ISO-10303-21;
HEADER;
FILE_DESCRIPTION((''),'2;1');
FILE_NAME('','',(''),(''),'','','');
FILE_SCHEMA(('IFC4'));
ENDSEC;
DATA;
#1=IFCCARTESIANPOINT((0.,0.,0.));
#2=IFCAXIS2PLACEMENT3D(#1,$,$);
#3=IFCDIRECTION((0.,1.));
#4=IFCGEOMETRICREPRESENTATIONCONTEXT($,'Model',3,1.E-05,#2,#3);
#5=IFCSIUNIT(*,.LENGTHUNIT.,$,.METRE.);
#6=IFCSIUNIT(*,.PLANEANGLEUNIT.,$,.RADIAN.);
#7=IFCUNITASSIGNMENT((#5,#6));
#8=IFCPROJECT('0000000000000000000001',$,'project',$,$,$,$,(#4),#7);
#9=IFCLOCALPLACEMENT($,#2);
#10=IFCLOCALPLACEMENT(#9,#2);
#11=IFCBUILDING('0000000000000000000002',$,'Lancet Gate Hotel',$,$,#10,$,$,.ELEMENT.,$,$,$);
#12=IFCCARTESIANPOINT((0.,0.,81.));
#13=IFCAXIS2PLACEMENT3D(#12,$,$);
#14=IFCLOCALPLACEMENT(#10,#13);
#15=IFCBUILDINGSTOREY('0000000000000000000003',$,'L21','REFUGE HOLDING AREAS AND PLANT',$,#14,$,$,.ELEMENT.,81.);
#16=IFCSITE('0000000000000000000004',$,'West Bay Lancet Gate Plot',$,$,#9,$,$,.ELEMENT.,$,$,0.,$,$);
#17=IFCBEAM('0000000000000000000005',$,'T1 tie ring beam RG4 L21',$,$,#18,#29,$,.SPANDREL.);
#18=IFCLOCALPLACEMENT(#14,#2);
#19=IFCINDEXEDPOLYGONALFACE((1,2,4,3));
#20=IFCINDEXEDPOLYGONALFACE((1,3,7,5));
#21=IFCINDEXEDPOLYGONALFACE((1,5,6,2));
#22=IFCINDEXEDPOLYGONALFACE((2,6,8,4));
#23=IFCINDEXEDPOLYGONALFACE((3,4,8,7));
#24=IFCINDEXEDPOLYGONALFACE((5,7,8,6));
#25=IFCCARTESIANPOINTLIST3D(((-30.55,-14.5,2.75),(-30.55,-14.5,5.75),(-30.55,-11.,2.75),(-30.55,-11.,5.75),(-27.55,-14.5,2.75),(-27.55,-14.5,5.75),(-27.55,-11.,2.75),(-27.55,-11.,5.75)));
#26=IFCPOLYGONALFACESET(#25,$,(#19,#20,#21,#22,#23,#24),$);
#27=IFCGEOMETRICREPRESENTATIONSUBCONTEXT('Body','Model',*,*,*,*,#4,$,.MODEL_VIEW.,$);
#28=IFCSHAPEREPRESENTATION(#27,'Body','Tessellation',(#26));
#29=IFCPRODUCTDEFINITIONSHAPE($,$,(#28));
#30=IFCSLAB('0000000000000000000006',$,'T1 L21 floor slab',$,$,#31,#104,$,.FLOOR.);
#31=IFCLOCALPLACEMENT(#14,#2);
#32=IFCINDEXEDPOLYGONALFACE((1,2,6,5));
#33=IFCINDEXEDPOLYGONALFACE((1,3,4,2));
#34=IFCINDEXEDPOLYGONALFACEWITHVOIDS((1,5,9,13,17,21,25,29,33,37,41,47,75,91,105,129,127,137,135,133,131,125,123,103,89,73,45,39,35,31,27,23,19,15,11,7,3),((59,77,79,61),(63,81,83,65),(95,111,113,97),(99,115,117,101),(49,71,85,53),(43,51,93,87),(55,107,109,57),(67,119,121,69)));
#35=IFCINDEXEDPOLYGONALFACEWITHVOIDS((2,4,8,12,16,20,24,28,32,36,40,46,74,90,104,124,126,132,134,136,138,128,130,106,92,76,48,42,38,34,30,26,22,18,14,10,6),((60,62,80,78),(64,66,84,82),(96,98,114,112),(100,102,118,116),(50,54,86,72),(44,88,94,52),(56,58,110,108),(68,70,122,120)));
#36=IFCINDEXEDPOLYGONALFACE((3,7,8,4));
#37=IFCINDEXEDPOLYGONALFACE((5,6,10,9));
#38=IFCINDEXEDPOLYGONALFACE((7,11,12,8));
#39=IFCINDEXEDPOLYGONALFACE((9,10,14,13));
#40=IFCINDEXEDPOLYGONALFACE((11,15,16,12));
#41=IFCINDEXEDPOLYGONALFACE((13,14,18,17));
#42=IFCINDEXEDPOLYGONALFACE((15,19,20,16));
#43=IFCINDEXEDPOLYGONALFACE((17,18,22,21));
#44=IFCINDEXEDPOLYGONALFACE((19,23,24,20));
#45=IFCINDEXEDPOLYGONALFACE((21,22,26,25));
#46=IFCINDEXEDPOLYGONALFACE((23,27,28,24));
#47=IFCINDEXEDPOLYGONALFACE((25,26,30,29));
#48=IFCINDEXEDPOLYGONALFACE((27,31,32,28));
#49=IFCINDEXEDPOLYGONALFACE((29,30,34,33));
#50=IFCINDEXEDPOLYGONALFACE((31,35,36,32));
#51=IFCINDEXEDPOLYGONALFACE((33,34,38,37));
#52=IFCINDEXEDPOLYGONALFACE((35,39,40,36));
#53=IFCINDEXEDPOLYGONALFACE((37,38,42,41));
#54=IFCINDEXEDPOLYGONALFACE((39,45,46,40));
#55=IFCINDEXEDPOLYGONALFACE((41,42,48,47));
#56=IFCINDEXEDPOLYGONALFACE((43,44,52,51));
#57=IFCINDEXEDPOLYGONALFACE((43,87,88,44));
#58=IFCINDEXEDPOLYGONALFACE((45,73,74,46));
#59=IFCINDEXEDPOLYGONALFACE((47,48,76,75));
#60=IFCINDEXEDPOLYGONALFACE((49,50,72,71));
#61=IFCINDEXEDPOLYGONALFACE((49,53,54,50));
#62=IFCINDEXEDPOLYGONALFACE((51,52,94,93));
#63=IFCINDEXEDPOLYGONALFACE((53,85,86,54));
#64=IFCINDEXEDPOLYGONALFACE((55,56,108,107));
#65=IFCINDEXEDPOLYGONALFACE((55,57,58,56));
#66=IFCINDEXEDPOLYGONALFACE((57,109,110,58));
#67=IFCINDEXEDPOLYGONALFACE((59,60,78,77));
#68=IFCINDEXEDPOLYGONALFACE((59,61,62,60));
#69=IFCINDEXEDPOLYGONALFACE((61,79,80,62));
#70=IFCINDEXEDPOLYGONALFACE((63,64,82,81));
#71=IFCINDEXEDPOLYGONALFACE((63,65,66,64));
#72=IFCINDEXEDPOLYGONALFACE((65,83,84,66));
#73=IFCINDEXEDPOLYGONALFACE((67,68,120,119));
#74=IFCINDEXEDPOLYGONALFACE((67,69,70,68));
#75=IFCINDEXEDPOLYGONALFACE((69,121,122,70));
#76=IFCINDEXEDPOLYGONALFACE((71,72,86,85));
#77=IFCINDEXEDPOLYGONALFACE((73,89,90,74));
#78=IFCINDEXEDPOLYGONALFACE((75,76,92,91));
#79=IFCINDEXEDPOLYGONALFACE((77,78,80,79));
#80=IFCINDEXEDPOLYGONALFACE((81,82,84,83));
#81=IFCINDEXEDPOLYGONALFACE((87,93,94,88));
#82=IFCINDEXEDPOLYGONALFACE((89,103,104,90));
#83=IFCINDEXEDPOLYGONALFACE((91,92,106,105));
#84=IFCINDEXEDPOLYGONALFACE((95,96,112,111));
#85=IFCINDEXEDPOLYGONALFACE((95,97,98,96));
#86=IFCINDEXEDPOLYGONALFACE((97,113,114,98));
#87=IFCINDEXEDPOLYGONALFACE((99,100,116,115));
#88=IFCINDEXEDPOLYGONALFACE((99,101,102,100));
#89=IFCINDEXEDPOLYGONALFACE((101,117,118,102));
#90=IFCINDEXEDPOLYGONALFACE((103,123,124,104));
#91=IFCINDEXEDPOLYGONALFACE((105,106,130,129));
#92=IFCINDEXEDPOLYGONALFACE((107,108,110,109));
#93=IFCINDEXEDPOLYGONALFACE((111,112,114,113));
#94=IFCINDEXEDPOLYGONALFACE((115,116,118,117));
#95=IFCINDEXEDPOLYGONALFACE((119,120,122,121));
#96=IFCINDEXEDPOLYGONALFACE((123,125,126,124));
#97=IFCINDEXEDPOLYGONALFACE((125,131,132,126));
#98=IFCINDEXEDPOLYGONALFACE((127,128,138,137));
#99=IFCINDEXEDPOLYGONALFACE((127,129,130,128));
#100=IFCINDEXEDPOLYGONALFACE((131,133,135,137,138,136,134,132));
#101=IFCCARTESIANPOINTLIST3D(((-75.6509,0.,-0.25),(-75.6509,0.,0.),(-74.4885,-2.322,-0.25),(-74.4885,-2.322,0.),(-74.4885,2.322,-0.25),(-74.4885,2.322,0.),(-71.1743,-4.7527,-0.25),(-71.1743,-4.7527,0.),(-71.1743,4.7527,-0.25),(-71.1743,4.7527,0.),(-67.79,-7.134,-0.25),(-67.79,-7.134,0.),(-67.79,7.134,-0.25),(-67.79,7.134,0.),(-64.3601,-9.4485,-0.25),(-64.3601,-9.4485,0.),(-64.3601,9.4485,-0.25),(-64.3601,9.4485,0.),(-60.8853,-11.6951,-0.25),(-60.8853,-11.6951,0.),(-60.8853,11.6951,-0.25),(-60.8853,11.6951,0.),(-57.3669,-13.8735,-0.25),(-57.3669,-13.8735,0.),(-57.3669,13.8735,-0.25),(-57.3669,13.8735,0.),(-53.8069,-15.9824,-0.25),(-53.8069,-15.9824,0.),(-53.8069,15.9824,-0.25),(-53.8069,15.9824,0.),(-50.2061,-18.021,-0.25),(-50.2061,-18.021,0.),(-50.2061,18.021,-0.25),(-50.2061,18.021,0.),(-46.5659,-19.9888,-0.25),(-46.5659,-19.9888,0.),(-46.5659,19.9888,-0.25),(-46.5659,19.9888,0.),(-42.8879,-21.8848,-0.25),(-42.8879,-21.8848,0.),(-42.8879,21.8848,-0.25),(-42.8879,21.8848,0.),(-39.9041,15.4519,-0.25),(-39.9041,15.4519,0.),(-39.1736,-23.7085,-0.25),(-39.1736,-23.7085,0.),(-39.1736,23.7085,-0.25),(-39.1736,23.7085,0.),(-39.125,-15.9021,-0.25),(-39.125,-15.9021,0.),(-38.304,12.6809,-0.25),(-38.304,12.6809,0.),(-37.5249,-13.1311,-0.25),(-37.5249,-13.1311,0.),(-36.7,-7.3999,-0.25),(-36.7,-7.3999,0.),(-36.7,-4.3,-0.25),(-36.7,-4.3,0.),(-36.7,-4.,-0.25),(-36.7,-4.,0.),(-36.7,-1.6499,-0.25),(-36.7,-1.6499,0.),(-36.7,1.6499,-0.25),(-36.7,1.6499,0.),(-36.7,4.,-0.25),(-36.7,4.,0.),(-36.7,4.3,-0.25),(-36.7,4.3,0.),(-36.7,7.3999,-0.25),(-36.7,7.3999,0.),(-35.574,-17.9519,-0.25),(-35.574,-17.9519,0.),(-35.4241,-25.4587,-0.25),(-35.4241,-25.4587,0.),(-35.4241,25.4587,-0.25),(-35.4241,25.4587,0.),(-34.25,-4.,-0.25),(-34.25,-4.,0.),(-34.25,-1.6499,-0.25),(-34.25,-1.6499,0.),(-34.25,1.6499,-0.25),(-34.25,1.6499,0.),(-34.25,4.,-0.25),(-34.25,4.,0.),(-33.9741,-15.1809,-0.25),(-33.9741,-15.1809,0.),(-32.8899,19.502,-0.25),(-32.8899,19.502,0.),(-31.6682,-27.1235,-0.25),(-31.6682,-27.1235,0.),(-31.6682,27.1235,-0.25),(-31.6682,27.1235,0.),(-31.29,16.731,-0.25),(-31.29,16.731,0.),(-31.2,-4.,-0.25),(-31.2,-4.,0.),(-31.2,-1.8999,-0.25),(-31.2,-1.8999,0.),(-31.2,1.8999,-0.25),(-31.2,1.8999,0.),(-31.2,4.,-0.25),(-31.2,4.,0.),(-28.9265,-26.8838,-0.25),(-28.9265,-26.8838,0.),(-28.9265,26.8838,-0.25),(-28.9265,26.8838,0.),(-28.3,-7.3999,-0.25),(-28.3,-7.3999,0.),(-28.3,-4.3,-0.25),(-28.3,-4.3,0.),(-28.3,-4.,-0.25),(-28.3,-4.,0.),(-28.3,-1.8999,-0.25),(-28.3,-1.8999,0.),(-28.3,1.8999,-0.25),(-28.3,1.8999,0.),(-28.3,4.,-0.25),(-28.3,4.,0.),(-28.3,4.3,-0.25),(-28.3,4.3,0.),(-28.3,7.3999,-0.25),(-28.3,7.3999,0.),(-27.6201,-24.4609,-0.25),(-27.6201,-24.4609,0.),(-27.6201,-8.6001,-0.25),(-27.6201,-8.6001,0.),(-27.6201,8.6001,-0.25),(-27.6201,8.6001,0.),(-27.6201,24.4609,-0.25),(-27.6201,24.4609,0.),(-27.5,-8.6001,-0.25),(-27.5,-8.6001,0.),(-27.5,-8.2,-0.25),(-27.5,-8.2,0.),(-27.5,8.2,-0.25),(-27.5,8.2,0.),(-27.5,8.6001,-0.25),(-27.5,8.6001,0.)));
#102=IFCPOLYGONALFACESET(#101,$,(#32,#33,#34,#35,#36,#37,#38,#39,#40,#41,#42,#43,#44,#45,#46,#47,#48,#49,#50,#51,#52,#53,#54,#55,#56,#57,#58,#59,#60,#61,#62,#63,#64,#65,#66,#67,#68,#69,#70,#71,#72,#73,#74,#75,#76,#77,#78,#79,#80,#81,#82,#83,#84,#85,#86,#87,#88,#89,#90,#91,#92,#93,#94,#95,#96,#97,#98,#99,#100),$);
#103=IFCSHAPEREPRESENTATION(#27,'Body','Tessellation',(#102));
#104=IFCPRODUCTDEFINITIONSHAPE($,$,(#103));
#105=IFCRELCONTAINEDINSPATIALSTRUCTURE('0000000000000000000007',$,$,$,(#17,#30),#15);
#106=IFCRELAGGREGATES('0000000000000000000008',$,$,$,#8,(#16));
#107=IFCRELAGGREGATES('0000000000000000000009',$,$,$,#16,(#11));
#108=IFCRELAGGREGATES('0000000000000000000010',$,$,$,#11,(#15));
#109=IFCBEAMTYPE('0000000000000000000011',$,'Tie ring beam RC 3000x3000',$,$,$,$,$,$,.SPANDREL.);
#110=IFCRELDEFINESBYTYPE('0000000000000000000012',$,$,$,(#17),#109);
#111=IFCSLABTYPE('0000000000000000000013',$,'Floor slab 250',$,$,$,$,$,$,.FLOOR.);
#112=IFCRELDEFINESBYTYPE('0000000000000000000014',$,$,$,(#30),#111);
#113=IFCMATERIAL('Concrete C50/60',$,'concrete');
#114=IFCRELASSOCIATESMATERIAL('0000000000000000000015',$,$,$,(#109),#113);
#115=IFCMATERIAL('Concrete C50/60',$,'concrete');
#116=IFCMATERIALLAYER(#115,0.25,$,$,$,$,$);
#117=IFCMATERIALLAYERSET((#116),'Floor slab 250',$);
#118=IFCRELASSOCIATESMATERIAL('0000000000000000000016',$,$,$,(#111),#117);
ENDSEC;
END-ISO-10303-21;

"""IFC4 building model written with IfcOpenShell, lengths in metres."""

from ifc_helpers import new_model, si_unit, direction, frame, origin, origin_2d, place, context, subcontext, project, spatial, polyline, rectangle, outline, extrude, material, layer, layer_set, material_profile, profile_set, type_object, element, save


model = new_model("IFC4")

# Units and contexts
model_context = context("Model", 3, precision=1e-05, world=origin(), true_north=direction((0.0, 1.0)))
body_context = subcontext(model_context, "Body", "Model", "MODEL_VIEW")
ifc_project = project(units=[si_unit("LENGTHUNIT", "METRE"), si_unit("PLANEANGLEUNIT", "RADIAN")], contexts=[model_context])

# Site, building, storey
site_placement = place(None, origin())
site = spatial("IfcSite", under=ifc_project, at=site_placement, Name="West Bay Lancet Gate Plot", CompositionType="ELEMENT", RefElevation=0.0)
building_placement = place(site_placement, origin())
building = spatial("IfcBuilding", under=site, at=building_placement, Name="Lancet Gate Hotel", CompositionType="ELEMENT")
storey_placement = place(building_placement, frame((0.0, 0.0, 81.0)))
storey = spatial("IfcBuildingStorey", under=building, at=storey_placement, Name="L21", Description="REFUGE HOLDING AREAS AND PLANT", CompositionType="ELEMENT", Elevation=81.0)

# Beam
ifc_material_1 = material(Name="Concrete C50/60", Category="concrete")
ifc_material_profile_1 = material_profile(ifc_material_1, rectangle(XDim=3.0, YDim=3.0, at=origin_2d()), Name="RC 3000x3000")
ifc_profile_set_1 = profile_set([ifc_material_profile_1], Name="Concrete C50/60")
beam_type = type_object("IfcBeamType", Name="Tie ring beam RC 3000x3000", PredefinedType="SPANDREL", material=ifc_profile_set_1)
beam_placement = place(storey_placement, frame((-29.05, -11.0, 4.25), z_axis=(0.0, -1.0, 0.0), x_axis=(1.0, 0.0, 0.0)))
element("IfcBeam", 1, at=beam_placement, inside=storey, type_object=beam_type, Name="T1 tie ring beam RG4 L21", PredefinedType="SPANDREL", context=body_context, shape_type="SweptSolid", body=[
    extrude(rectangle(XDim=3.0, YDim=3.0, at=origin_2d()), origin(), (0.0, 0.0, 1.0), 3.5),
])

# Slab
ifc_material_2 = material(Name="Concrete C50/60", Category="concrete")
ifc_layer_1 = layer(ifc_material_2, 0.25)
ifc_layer_set_1 = layer_set([ifc_layer_1], Name="Floor slab 250")
slab_type_1 = type_object("IfcSlabType", Name="Floor slab 250", PredefinedType="FLOOR", material=ifc_layer_set_1)
slab_1_placement = place(storey_placement, frame((0.0, 0.0, -0.25)))
element("IfcSlab", 2, at=slab_1_placement, inside=storey, type_object=slab_type_1, Name="T1 L21 floor slab", PredefinedType="FLOOR", context=body_context, shape_type="SweptSolid", body=[
    extrude(outline(polyline([(-27.5, 8.6001), (-27.6201, 8.6001), (-27.6201, 24.4609), (-28.9265, 26.8838), (-31.6682, 27.1235), (-35.4241, 25.4587), (-39.1736, 23.7085), (-42.8879, 21.8848), (-46.5659, 19.9888), (-50.2061, 18.021), (-53.8069, 15.9824), (-57.3669, 13.8735), (-60.8853, 11.6951), (-64.3601, 9.4485), (-67.79, 7.134), (-71.1743, 4.7527), (-74.4885, 2.322), (-75.6509, 0.0), (-74.4885, -2.322), (-71.1743, -4.7527), (-67.79, -7.134), (-64.3601, -9.4485), (-60.8853, -11.6951), (-57.3669, -13.8735), (-53.8069, -15.9824), (-50.2061, -18.021), (-46.5659, -19.9888), (-42.8879, -21.8848), (-39.1736, -23.7085), (-35.4241, -25.4587), (-31.6682, -27.1235), (-28.9265, -26.8838), (-27.6201, -24.4609), (-27.6201, -8.6001), (-27.5, -8.6001), (-27.5, -8.2), (-27.5, 8.2), (-27.5, 8.6001)]), holes=[polyline([(-36.7, 7.3999), (-36.7, 4.3), (-28.3, 4.3), (-28.3, 7.3999), (-36.7, 7.3999)]), polyline([(-28.3, 4.0), (-31.2, 4.0), (-31.2, 1.8999), (-28.3, 1.8999), (-28.3, 4.0)]), polyline([(-34.25, 4.0), (-36.7, 4.0), (-36.7, 1.6499), (-34.25, 1.6499), (-34.25, 4.0)]), polyline([(-36.7, -1.6499), (-36.7, -4.0), (-34.25, -4.0), (-34.25, -1.6499), (-36.7, -1.6499)]), polyline([(-28.3, -1.8999), (-31.2, -1.8999), (-31.2, -4.0), (-28.3, -4.0), (-28.3, -1.8999)]), polyline([(-28.3, -4.3), (-36.7, -4.3), (-36.7, -7.3999), (-28.3, -7.3999), (-28.3, -4.3)]), polyline([(-31.29, 16.731), (-32.8899, 19.502), (-39.9041, 15.4519), (-38.304, 12.6809), (-31.29, 16.731)]), polyline([(-33.9741, -15.1809), (-37.5249, -13.1311), (-39.125, -15.9021), (-35.574, -17.9519), (-33.9741, -15.1809)])]), origin(), (0.0, 0.0, 1.0), 0.25),
])

save(model, "model.ifc")
